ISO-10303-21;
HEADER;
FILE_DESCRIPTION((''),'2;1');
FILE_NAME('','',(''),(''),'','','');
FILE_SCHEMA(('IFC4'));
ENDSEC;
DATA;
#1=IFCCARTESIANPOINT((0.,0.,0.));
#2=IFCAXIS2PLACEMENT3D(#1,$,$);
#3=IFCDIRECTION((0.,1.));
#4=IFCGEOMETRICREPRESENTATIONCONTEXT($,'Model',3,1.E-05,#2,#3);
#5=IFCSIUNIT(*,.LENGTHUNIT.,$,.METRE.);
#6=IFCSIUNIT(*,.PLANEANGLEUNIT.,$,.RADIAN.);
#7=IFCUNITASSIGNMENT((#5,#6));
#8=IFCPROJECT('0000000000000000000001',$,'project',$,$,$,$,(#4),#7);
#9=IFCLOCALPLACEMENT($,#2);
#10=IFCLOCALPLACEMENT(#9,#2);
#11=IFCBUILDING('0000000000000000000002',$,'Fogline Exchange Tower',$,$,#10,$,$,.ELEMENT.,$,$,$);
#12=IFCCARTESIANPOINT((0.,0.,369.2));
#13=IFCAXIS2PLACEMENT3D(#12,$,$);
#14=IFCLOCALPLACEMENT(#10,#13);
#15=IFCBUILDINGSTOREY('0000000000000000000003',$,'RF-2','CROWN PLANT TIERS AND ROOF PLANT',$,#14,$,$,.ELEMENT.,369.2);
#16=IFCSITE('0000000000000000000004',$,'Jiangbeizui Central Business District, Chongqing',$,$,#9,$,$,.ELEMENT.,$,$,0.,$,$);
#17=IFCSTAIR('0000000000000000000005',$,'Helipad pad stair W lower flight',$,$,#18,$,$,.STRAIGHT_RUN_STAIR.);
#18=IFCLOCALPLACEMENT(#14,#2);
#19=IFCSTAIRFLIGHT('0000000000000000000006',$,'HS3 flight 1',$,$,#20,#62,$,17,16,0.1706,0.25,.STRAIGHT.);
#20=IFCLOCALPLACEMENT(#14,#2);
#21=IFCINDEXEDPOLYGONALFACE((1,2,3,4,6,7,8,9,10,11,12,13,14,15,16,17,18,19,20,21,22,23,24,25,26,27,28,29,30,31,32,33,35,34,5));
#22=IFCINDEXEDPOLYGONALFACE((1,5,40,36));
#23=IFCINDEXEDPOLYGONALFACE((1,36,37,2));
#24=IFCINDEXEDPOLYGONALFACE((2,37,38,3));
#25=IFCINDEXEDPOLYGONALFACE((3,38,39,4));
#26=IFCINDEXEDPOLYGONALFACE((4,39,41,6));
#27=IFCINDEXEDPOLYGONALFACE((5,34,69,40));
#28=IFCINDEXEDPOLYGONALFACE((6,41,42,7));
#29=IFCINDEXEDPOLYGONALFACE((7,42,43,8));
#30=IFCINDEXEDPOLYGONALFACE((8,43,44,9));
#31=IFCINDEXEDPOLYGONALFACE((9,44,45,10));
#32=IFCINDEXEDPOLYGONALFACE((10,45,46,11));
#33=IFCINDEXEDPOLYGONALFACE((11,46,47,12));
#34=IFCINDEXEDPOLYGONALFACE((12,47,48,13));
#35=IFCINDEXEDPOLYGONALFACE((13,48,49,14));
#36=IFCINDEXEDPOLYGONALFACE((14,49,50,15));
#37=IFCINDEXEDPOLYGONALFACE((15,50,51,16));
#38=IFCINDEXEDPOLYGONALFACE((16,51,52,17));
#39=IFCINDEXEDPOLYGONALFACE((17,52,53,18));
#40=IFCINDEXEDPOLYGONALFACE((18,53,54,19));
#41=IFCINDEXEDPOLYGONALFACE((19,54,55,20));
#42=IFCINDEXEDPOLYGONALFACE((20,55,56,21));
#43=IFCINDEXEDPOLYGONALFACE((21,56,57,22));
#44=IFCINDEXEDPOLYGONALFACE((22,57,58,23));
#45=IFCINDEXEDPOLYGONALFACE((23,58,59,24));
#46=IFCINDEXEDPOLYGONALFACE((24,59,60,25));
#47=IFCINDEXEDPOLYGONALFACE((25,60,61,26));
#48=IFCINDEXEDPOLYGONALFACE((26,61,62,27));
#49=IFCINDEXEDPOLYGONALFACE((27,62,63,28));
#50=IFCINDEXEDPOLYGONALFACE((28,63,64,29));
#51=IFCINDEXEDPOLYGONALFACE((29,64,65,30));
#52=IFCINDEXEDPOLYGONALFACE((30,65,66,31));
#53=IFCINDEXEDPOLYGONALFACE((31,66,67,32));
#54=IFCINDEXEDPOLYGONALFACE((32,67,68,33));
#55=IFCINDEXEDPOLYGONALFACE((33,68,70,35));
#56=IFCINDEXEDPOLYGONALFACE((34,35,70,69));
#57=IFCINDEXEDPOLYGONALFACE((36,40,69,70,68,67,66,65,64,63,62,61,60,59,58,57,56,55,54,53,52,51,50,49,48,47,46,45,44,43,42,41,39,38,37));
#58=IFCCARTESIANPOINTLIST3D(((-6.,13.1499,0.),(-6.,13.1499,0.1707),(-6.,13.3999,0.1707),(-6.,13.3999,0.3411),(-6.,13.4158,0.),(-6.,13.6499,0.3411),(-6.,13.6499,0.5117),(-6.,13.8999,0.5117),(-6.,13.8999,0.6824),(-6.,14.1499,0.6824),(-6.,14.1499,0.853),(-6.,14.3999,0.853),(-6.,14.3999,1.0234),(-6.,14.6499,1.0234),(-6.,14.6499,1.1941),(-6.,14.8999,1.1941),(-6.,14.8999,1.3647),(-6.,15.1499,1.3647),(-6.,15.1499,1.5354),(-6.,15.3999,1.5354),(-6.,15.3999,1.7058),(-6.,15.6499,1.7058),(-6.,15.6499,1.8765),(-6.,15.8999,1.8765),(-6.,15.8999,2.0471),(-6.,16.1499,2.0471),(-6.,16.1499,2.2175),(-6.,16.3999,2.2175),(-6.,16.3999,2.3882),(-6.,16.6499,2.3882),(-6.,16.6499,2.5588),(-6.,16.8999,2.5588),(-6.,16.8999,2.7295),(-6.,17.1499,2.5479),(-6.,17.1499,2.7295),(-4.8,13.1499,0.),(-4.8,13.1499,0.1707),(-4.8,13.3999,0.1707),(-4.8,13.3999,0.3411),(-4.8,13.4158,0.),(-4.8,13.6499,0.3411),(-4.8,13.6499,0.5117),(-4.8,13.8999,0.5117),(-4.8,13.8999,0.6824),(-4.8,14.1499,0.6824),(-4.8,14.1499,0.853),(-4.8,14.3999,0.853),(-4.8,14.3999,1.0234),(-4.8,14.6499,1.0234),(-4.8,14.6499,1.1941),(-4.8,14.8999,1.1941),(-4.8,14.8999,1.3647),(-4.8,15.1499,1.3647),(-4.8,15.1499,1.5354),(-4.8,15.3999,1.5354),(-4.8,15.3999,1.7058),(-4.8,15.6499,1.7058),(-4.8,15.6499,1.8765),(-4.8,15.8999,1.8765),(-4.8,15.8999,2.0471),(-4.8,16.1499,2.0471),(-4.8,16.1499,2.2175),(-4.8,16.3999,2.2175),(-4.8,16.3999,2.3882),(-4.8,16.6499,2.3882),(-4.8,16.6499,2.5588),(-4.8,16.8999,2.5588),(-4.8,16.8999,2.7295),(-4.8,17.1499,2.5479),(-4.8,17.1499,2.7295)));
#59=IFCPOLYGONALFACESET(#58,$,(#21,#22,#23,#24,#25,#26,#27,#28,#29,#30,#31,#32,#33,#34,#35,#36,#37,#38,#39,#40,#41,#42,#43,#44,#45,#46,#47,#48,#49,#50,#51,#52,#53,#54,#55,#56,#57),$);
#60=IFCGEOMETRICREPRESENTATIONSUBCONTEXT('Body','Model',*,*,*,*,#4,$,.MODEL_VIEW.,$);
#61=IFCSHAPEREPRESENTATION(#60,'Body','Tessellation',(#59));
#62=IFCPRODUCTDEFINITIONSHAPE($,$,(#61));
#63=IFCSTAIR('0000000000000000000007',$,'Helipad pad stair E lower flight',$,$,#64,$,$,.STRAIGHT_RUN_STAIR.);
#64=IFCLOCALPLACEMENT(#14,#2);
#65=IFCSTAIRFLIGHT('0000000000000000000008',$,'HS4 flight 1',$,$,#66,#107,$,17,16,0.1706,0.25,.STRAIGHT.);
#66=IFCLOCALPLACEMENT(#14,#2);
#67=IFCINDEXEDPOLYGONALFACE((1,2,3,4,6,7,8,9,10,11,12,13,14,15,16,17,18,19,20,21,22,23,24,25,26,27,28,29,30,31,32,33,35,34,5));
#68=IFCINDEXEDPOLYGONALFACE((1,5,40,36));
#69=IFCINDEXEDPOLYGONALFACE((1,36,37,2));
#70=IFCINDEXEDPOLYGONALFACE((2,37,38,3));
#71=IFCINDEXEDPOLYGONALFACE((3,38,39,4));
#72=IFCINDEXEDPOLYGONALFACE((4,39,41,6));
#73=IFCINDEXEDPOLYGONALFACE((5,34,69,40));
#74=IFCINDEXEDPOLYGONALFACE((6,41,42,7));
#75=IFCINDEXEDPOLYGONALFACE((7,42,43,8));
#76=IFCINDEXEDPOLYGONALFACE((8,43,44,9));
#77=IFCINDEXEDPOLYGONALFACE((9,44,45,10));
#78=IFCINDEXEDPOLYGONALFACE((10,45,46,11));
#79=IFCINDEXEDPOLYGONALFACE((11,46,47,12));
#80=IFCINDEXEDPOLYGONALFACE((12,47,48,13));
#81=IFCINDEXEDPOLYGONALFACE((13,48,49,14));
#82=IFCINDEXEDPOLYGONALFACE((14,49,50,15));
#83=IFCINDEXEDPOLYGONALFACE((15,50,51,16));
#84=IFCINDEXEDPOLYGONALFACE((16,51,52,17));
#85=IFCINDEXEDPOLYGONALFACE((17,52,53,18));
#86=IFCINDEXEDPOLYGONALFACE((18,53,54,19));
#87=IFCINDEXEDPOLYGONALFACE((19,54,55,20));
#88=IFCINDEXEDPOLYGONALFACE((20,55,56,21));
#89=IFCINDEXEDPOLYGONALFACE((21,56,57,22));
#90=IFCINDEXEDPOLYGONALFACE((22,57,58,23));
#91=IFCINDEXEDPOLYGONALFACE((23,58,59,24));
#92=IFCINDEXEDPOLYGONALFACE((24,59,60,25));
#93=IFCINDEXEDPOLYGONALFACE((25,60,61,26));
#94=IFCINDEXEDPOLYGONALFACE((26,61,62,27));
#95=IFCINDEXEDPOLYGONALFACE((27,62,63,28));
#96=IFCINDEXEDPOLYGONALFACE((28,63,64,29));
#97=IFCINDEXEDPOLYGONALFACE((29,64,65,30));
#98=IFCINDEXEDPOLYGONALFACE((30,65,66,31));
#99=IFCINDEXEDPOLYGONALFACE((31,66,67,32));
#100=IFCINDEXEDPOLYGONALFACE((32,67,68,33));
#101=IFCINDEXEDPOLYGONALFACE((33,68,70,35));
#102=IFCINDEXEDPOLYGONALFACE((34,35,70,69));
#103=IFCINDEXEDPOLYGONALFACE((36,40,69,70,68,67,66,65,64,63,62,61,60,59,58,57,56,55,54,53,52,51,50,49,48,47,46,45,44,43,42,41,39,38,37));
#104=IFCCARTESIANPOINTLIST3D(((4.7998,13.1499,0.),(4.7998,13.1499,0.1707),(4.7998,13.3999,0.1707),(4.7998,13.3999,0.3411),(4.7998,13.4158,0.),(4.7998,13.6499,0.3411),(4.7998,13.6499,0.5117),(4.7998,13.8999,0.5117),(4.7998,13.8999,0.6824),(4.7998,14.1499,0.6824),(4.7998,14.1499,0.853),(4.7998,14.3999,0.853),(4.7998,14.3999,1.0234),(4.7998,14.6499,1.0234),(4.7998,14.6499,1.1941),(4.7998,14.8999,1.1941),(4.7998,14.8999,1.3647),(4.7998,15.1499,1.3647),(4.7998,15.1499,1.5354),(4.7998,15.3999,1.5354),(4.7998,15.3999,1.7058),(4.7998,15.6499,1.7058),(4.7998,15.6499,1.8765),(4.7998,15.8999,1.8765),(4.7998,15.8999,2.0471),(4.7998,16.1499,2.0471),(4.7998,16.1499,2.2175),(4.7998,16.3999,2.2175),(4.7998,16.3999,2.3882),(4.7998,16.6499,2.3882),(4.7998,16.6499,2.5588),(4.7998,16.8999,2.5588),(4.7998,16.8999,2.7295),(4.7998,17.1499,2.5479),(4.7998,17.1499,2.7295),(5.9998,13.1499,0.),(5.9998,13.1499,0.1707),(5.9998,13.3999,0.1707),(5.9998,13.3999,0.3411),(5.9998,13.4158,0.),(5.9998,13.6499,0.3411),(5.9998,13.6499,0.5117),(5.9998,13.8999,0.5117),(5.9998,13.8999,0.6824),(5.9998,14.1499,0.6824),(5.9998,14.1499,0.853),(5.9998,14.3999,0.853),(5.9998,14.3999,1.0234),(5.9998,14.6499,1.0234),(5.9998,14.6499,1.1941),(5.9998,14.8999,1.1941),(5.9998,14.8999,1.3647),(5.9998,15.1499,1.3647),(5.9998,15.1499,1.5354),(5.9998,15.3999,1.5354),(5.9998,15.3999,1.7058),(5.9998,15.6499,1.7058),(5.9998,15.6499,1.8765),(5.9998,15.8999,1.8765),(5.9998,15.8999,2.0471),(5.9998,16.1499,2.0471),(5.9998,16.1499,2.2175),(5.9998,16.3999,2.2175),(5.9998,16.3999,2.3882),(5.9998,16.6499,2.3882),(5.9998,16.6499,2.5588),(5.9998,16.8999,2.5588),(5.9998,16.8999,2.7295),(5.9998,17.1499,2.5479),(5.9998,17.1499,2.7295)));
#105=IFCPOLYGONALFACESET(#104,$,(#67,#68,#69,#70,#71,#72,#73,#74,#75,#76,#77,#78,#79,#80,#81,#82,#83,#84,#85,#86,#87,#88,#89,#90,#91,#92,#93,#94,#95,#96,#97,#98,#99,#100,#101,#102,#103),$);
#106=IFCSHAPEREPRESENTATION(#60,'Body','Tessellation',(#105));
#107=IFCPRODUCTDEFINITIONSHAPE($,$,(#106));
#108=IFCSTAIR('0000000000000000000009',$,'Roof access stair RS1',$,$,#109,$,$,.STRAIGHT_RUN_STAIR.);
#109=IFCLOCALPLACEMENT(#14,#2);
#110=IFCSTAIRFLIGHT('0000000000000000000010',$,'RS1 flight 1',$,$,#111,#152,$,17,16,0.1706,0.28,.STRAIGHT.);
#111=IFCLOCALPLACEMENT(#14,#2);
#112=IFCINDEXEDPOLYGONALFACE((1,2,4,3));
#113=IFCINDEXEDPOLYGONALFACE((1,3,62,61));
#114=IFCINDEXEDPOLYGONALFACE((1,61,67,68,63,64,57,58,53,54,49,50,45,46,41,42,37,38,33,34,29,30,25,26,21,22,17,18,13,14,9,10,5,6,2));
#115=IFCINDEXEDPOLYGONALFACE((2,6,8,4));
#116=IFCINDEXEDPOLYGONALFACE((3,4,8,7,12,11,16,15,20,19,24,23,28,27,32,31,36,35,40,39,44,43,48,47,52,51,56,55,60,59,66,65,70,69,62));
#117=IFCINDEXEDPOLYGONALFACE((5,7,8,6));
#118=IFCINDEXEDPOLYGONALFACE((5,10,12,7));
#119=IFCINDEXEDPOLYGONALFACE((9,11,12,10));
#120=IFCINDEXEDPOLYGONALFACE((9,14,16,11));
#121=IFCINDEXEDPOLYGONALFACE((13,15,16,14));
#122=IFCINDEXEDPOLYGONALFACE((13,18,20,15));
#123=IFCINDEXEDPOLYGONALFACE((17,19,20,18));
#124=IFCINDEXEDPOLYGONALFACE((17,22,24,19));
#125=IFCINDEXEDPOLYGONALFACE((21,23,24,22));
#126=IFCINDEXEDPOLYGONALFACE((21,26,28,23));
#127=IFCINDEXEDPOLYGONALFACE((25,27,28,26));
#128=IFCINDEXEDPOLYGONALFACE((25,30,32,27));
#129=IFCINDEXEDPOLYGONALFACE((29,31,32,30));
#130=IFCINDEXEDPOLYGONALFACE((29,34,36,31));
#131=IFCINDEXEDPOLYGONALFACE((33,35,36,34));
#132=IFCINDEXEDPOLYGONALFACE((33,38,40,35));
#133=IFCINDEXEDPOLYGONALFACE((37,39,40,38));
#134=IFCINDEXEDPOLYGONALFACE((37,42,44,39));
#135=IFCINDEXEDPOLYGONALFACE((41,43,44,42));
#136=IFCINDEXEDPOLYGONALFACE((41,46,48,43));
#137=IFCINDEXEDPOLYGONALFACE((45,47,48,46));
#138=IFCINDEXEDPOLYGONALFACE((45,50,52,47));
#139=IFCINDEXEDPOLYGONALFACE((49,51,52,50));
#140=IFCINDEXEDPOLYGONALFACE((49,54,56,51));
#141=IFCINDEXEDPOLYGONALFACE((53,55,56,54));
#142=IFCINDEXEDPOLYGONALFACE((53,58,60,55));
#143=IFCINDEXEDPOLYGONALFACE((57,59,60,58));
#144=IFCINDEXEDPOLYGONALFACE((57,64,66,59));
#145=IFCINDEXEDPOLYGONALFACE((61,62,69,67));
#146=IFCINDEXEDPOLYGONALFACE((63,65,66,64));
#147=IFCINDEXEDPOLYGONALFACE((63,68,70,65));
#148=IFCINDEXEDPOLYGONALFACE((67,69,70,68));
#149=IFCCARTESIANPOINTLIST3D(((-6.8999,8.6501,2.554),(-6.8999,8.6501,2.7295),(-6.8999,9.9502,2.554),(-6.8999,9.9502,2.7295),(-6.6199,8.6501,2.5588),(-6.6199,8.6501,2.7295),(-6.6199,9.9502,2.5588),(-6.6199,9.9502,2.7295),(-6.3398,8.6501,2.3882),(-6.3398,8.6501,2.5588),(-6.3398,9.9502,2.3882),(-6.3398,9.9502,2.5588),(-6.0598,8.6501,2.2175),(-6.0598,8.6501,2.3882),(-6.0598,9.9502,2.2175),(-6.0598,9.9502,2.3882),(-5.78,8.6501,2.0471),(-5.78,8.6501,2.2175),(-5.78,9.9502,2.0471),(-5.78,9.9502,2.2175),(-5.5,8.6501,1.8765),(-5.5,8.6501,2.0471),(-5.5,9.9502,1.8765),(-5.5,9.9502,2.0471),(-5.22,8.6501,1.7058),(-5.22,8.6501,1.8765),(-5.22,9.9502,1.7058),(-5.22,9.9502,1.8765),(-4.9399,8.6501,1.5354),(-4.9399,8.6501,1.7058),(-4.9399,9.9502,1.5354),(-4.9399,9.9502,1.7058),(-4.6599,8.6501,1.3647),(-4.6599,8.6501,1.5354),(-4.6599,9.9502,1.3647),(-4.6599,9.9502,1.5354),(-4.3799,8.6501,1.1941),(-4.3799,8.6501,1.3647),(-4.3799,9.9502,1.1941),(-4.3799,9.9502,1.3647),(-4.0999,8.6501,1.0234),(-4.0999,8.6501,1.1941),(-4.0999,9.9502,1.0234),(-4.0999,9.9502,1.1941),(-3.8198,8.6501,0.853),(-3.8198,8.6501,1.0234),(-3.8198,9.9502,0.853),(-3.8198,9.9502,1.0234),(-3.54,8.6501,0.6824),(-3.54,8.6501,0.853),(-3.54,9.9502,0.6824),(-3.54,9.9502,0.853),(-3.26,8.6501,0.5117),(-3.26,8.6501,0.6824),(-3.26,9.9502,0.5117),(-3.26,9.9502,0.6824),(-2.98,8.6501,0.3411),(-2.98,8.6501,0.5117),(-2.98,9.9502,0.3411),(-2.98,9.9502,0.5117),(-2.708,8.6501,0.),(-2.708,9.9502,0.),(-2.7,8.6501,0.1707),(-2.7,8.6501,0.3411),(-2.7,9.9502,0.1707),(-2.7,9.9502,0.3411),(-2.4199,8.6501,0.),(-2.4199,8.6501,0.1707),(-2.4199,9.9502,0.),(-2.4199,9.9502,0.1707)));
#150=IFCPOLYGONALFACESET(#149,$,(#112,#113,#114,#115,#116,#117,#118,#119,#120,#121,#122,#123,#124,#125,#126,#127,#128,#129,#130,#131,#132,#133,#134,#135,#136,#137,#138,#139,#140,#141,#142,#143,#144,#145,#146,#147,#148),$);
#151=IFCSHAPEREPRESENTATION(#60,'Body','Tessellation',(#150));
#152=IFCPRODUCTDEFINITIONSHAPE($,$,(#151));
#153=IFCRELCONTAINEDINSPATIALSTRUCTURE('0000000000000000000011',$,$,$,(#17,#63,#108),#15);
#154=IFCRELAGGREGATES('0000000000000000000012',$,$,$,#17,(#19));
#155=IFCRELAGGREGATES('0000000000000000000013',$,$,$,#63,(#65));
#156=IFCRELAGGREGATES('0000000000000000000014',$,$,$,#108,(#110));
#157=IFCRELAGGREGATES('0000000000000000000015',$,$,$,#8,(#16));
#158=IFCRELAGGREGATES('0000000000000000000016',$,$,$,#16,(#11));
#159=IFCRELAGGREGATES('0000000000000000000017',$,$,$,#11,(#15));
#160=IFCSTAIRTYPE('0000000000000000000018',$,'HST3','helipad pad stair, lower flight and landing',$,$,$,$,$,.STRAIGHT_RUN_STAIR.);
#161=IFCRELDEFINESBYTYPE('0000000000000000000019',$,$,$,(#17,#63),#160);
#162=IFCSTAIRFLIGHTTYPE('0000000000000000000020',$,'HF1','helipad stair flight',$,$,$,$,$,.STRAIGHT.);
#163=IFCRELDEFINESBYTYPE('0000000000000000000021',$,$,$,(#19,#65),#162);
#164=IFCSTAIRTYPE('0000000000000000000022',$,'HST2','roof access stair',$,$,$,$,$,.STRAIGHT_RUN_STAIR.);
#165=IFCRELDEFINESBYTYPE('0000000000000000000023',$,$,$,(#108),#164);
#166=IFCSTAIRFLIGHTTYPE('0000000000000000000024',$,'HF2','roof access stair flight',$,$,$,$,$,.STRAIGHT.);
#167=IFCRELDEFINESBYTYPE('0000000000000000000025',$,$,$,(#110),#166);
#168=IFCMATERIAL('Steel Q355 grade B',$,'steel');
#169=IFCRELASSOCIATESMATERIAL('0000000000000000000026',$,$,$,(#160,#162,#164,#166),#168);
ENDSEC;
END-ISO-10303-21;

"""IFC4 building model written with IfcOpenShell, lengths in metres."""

from ifc_helpers import new_model, si_unit, direction, frame, origin, place, context, subcontext, project, spatial, polyline, outline, extrude, material, type_object, element, aggregate, save


model = new_model("IFC4")

# Units and contexts
model_context = context("Model", 3, precision=1e-05, world=origin(), true_north=direction((0.0, 1.0)))
body_context = subcontext(model_context, "Body", "Model", "MODEL_VIEW")
ifc_project = project(units=[si_unit("LENGTHUNIT", "METRE"), si_unit("PLANEANGLEUNIT", "RADIAN")], contexts=[model_context])

# Site, building, storey
site_placement = place(None, origin())
site = spatial("IfcSite", under=ifc_project, at=site_placement, Name="Jiangbeizui Central Business District, Chongqing", CompositionType="ELEMENT", RefElevation=0.0)
building_placement = place(site_placement, origin())
building = spatial("IfcBuilding", under=site, at=building_placement, Name="Fogline Exchange Tower", CompositionType="ELEMENT")
storey_placement = place(building_placement, frame((0.0, 0.0, 369.2)))
storey = spatial("IfcBuildingStorey", under=building, at=storey_placement, Name="RF-2", Description="CROWN PLANT TIERS AND ROOF PLANT", CompositionType="ELEMENT", Elevation=369.2)

# Shared definitions
ifc_material_1 = material(Name="Steel Q355 grade B", Category="steel")

# Stairs, stair flights
stair_type_1 = type_object("IfcStairType", Name="HST3", Description="helipad pad stair, lower flight and landing", PredefinedType="STRAIGHT_RUN_STAIR", material=ifc_material_1)
stair_1_placement = place(storey_placement, origin())
stair_1 = element("IfcStair", 1, at=stair_1_placement, inside=storey, type_object=stair_type_1, Name="Helipad pad stair W lower flight", PredefinedType="STRAIGHT_RUN_STAIR")
stair_flight_type_1 = type_object("IfcStairFlightType", Name="HF1", Description="helipad stair flight", PredefinedType="STRAIGHT", material=ifc_material_1)
stair_flight_1_placement = place(storey_placement, frame((-5.3999, 13.1499, 0.0), z_axis=(0.0, 0.0, 1.0), x_axis=(0.0, 1.0, 0.0)))
stair_flight_1 = element("IfcStairFlight", 2, at=stair_flight_1_placement, type_object=stair_flight_type_1, Name="HS3 flight 1", NumberOfRisers=17, NumberOfTreads=16, PredefinedType="STRAIGHT", RiserHeight=0.1706, TreadLength=0.25, context=body_context, shape_type="SweptSolid", body=[
    extrude(outline(polyline([(0.0, 0.0), (0.0, 0.1707), (0.25, 0.1707), (0.25, 0.3411), (0.5, 0.3411), (0.5, 0.5117), (0.75, 0.5117), (0.75, 0.6824), (1.0, 0.6824), (1.0, 0.853), (1.25, 0.853), (1.25, 1.0234), (1.5, 1.0234), (1.5, 1.1941), (1.75, 1.1941), (1.75, 1.3647), (2.0, 1.3647), (2.0, 1.5354), (2.25, 1.5354), (2.25, 1.7058), (2.5, 1.7058), (2.5, 1.8765), (2.75, 1.8765), (2.75, 2.0471), (3.0, 2.0471), (3.0, 2.2175), (3.25, 2.2175), (3.25, 2.3882), (3.5, 2.3882), (3.5, 2.5588), (3.75, 2.5588), (3.75, 2.7295), (4.0, 2.7295), (4.0, 2.8999), (4.0, 2.5479), (0.2659, 0.0), (0.0, 0.0)])), frame((0.0, 0.6001, 0.0), z_axis=(0.0, -1.0, 0.0), x_axis=(1.0, 0.0, 0.0)), (0.0, 0.0, 1.0), 1.2),
])
aggregate(stair_1, [stair_flight_1])
stair_2_placement = place(storey_placement, origin())
stair_2 = element("IfcStair", 3, at=stair_2_placement, inside=storey, type_object=stair_type_1, Name="Helipad pad stair E lower flight", PredefinedType="STRAIGHT_RUN_STAIR")
stair_flight_2_placement = place(storey_placement, frame((5.3999, 13.1499, 0.0), z_axis=(0.0, 0.0, 1.0), x_axis=(0.0, 1.0, 0.0)))
stair_flight_2 = element("IfcStairFlight", 4, at=stair_flight_2_placement, type_object=stair_flight_type_1, Name="HS4 flight 1", NumberOfRisers=17, NumberOfTreads=16, PredefinedType="STRAIGHT", RiserHeight=0.1706, TreadLength=0.25, context=body_context, shape_type="SweptSolid", body=[
    extrude(outline(polyline([(0.0, 0.0), (0.0, 0.1707), (0.25, 0.1707), (0.25, 0.3411), (0.5, 0.3411), (0.5, 0.5117), (0.75, 0.5117), (0.75, 0.6824), (1.0, 0.6824), (1.0, 0.853), (1.25, 0.853), (1.25, 1.0234), (1.5, 1.0234), (1.5, 1.1941), (1.75, 1.1941), (1.75, 1.3647), (2.0, 1.3647), (2.0, 1.5354), (2.25, 1.5354), (2.25, 1.7058), (2.5, 1.7058), (2.5, 1.8765), (2.75, 1.8765), (2.75, 2.0471), (3.0, 2.0471), (3.0, 2.2175), (3.25, 2.2175), (3.25, 2.3882), (3.5, 2.3882), (3.5, 2.5588), (3.75, 2.5588), (3.75, 2.7295), (4.0, 2.7295), (4.0, 2.8999), (4.0, 2.5479), (0.2659, 0.0), (0.0, 0.0)])), frame((0.0, 0.6001, 0.0), z_axis=(0.0, -1.0, 0.0), x_axis=(1.0, 0.0, 0.0)), (0.0, 0.0, 1.0), 1.2),
])
aggregate(stair_2, [stair_flight_2])
stair_type_2 = type_object("IfcStairType", Name="HST2", Description="roof access stair", PredefinedType="STRAIGHT_RUN_STAIR", material=ifc_material_1)
stair_3_placement = place(storey_placement, origin())
stair_3 = element("IfcStair", 5, at=stair_3_placement, inside=storey, type_object=stair_type_2, Name="Roof access stair RS1", PredefinedType="STRAIGHT_RUN_STAIR")
stair_flight_type_2 = type_object("IfcStairFlightType", Name="HF2", Description="roof access stair flight", PredefinedType="STRAIGHT", material=ifc_material_1)
stair_flight_3_placement = place(storey_placement, frame((-2.4199, 9.3, 0.0), z_axis=(0.0, 0.0, 1.0), x_axis=(-1.0, 0.0, 0.0)))
stair_flight_3 = element("IfcStairFlight", 6, at=stair_flight_3_placement, type_object=stair_flight_type_2, Name="RS1 flight 1", NumberOfRisers=17, NumberOfTreads=16, PredefinedType="STRAIGHT", RiserHeight=0.1706, TreadLength=0.28, context=body_context, shape_type="SweptSolid", body=[
    extrude(outline(polyline([(0.0, 0.0), (0.0, 0.1707), (0.28, 0.1707), (0.28, 0.3411), (0.5601, 0.3411), (0.5601, 0.5117), (0.8401, 0.5117), (0.8401, 0.6824), (1.1201, 0.6824), (1.1201, 0.853), (1.3999, 0.853), (1.3999, 1.0234), (1.6799, 1.0234), (1.6799, 1.1941), (1.96, 1.1941), (1.96, 1.3647), (2.24, 1.3647), (2.24, 1.5354), (2.52, 1.5354), (2.52, 1.7058), (2.8, 1.7058), (2.8, 1.8765), (3.0801, 1.8765), (3.0801, 2.0471), (3.3601, 2.0471), (3.3601, 2.2175), (3.6399, 2.2175), (3.6399, 2.3882), (3.9199, 2.3882), (3.9199, 2.5588), (4.2, 2.5588), (4.2, 2.7295), (4.48, 2.7295), (4.48, 2.8999), (4.48, 2.554), (0.2881, 0.0), (0.0, 0.0)])), frame((0.0, 0.6499, 0.0), z_axis=(0.0, -1.0, 0.0), x_axis=(1.0, 0.0, 0.0)), (0.0, 0.0, 1.0), 1.3),
])
aggregate(stair_3, [stair_flight_3])

save(model, "model.ifc")
